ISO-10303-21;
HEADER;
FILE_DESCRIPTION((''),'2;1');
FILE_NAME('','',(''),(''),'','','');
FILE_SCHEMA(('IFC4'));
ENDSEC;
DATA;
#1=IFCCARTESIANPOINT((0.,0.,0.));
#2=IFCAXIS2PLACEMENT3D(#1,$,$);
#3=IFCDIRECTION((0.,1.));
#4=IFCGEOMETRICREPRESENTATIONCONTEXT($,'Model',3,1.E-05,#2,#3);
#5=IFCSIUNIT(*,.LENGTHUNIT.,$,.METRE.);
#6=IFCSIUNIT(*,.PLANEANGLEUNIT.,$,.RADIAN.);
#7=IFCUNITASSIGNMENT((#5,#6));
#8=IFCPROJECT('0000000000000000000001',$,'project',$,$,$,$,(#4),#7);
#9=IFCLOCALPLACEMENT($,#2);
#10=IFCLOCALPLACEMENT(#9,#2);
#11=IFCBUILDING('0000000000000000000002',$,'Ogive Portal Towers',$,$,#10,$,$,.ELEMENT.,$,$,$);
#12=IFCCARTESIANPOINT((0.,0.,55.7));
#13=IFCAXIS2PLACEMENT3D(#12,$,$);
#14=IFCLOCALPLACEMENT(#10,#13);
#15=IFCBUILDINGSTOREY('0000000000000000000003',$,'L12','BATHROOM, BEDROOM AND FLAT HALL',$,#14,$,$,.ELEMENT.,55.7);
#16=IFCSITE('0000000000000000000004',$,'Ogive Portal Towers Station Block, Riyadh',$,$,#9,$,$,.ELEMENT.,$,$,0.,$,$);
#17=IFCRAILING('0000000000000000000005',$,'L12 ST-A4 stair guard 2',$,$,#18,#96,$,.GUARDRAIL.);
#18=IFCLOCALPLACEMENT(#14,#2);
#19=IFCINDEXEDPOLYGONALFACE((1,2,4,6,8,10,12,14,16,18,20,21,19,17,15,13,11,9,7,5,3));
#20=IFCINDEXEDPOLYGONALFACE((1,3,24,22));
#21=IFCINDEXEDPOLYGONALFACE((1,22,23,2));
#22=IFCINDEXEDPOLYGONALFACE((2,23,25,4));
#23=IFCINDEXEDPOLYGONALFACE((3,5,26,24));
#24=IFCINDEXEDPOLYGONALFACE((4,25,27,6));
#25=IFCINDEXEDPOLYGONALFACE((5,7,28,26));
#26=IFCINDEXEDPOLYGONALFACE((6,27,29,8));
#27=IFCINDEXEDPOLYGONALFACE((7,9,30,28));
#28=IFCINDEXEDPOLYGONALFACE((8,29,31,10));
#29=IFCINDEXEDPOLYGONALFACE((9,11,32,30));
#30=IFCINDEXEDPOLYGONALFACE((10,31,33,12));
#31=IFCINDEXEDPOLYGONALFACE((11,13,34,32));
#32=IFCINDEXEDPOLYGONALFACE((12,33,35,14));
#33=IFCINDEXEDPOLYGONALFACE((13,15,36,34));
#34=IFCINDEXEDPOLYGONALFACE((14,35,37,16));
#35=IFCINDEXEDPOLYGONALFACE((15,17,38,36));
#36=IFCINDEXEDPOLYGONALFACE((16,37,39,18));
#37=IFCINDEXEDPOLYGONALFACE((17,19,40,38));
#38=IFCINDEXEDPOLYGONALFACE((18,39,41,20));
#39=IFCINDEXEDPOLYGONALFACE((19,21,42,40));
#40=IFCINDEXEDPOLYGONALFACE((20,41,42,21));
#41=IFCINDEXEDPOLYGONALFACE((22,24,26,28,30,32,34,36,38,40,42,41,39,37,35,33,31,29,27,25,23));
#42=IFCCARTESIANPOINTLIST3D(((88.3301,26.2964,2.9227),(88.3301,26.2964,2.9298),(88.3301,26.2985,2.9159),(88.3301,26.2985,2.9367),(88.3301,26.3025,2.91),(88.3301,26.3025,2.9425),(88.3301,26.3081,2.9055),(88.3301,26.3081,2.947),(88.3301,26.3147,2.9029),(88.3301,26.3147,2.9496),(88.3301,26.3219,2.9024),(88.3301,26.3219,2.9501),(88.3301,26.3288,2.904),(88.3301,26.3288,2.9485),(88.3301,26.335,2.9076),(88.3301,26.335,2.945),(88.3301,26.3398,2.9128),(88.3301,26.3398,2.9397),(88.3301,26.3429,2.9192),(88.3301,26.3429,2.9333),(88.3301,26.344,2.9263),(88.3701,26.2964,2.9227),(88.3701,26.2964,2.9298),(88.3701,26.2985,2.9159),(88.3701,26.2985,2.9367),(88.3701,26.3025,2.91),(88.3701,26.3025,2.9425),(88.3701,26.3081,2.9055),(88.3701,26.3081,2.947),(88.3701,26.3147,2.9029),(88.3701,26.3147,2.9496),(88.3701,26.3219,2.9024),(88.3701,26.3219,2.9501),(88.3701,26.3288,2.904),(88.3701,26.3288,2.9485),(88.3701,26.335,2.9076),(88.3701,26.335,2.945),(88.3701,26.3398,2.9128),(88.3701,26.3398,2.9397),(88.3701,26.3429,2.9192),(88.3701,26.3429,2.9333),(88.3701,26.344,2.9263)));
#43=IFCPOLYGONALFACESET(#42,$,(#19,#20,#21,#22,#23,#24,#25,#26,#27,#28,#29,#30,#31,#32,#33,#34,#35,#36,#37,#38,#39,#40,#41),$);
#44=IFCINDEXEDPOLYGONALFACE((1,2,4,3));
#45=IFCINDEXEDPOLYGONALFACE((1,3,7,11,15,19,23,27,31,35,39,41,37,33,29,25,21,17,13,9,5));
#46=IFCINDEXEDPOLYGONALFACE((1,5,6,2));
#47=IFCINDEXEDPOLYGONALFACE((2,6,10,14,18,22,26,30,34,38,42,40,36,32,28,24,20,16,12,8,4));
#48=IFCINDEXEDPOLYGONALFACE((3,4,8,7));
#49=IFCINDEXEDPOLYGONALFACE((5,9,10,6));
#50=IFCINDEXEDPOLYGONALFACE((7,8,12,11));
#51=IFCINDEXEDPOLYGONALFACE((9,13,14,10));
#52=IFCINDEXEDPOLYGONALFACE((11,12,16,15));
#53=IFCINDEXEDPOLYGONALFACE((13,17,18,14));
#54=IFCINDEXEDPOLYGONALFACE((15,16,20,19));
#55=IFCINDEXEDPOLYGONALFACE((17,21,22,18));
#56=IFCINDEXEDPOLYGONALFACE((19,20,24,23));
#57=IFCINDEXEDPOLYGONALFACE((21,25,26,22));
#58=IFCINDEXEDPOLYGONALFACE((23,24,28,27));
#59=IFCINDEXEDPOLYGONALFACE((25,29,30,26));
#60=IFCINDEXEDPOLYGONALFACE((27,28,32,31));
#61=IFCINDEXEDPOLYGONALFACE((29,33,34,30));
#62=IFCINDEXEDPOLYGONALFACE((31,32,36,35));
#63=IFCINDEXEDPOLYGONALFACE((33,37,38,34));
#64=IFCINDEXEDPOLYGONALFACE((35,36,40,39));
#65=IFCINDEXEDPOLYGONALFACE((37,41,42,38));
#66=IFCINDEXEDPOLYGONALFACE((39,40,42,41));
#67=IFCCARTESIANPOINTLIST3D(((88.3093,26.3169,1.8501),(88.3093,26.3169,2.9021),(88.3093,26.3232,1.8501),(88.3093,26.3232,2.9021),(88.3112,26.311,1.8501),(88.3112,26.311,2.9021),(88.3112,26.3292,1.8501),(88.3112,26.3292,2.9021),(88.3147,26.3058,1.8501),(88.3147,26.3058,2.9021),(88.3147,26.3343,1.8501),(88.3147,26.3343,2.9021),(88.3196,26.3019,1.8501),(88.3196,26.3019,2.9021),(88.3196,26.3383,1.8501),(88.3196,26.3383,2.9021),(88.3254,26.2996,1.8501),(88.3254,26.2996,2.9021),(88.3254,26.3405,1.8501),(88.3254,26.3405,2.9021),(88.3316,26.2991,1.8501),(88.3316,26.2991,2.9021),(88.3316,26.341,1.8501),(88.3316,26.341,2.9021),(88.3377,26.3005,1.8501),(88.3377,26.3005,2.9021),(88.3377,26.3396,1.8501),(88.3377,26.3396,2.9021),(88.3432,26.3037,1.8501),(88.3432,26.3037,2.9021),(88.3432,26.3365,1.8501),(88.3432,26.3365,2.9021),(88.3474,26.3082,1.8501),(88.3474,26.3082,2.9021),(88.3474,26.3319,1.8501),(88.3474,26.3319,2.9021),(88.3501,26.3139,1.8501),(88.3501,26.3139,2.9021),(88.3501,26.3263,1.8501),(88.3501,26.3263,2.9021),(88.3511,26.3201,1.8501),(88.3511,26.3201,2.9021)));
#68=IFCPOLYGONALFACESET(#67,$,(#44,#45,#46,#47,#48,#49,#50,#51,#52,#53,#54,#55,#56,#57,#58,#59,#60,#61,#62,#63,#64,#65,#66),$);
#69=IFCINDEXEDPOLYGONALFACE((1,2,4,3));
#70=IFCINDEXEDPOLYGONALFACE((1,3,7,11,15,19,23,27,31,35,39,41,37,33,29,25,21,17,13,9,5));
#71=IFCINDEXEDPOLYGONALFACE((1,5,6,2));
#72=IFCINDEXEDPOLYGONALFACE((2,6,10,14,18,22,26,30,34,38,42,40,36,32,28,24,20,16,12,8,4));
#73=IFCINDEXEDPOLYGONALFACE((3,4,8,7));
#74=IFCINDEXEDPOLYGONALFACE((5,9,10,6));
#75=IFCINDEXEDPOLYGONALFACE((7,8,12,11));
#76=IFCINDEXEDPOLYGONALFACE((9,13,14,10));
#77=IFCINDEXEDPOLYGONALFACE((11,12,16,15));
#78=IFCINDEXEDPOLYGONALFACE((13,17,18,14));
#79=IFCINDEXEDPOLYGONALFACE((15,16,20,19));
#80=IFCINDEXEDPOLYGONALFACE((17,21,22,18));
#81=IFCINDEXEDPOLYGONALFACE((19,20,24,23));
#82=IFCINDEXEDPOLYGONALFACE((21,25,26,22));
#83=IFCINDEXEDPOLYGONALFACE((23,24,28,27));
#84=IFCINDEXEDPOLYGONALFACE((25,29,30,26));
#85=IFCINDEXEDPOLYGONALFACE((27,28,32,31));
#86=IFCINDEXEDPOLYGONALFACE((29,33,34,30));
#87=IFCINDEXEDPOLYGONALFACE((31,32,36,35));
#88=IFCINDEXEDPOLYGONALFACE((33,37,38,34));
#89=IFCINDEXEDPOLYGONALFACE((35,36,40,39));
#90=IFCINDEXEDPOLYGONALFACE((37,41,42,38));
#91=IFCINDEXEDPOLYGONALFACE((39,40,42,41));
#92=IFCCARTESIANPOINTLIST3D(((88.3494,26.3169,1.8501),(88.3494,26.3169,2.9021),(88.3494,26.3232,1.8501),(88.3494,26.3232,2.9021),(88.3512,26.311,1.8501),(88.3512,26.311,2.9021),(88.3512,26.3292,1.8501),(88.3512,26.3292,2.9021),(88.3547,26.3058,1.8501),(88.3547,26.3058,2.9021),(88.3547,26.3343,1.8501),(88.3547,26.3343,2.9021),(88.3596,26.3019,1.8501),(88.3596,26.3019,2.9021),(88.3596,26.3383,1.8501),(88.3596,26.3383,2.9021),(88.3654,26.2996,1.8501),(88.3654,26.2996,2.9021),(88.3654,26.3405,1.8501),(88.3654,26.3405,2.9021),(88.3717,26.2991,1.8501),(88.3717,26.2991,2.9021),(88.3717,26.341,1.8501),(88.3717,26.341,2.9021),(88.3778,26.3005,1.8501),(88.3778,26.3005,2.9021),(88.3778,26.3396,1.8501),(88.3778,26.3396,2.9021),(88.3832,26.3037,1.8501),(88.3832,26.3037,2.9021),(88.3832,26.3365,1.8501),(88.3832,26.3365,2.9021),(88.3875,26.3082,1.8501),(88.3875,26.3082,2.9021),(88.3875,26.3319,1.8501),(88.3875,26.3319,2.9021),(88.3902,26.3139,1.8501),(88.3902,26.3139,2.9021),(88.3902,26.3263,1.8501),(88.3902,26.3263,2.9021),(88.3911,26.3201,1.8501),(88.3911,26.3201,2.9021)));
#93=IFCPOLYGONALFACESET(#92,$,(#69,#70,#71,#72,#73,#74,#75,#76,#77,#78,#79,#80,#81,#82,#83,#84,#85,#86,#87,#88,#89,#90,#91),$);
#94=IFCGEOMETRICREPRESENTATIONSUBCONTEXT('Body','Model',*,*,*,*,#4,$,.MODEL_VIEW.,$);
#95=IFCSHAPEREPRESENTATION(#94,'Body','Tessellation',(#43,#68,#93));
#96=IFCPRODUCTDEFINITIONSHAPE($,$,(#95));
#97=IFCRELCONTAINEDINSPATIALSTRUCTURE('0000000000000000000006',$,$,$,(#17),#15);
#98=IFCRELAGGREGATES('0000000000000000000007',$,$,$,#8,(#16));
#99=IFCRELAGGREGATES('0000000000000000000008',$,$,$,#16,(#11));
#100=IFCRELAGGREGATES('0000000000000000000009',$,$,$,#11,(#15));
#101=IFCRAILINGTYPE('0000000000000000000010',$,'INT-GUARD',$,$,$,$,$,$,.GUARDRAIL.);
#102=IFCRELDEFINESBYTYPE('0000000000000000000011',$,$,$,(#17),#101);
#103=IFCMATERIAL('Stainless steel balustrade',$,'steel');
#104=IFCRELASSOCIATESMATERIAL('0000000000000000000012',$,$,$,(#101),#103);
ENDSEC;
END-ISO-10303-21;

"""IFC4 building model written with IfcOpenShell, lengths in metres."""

from ifc_helpers import new_model, si_unit, direction, frame, origin, origin_2d, place, context, subcontext, project, spatial, circle, extrude, material, type_object, element, save


model = new_model("IFC4")

# Units and contexts
model_context = context("Model", 3, precision=1e-05, world=origin(), true_north=direction((0.0, 1.0)))
body_context = subcontext(model_context, "Body", "Model", "MODEL_VIEW")
ifc_project = project(units=[si_unit("LENGTHUNIT", "METRE"), si_unit("PLANEANGLEUNIT", "RADIAN")], contexts=[model_context])

# Site, building, storey
site_placement = place(None, origin())
site = spatial("IfcSite", under=ifc_project, at=site_placement, Name="Ogive Portal Towers Station Block, Riyadh", CompositionType="ELEMENT", RefElevation=0.0)
building_placement = place(site_placement, origin())
building = spatial("IfcBuilding", under=site, at=building_placement, Name="Ogive Portal Towers", CompositionType="ELEMENT")
storey_placement = place(building_placement, frame((0.0, 0.0, 55.7)))
storey = spatial("IfcBuildingStorey", under=building, at=storey_placement, Name="L12", Description="BATHROOM, BEDROOM AND FLAT HALL", CompositionType="ELEMENT", Elevation=55.7)

# Railing
ifc_material_1 = material(Name="Stainless steel balustrade", Category="steel")
railing_type_1 = type_object("IfcRailingType", Name="INT-GUARD", PredefinedType="GUARDRAIL", material=ifc_material_1)
railing_1_placement = place(storey_placement, frame((88.3301, 26.3201, 1.8501)))
element("IfcRailing", 1, at=railing_1_placement, inside=storey, type_object=railing_type_1, Name="L12 ST-A4 stair guard 2", PredefinedType="GUARDRAIL", context=body_context, shape_type="SweptSolid", body=[
    extrude(circle(Radius=0.0239, at=origin_2d()), frame((0.0, 0.0, 1.0762), z_axis=(1.0, 0.0, 0.0), x_axis=(0.0, 1.0, 0.0)), (0.0, 0.0, 1.0), 0.04),
    extrude(circle(Radius=0.021, at=origin_2d()), origin(), (0.0, 0.0, 1.0), 1.052),
    extrude(circle(Radius=0.021, at=origin_2d()), frame((0.04, 0.0, 0.0)), (0.0, 0.0, 1.0), 1.052),
])

save(model, "model.ifc")
